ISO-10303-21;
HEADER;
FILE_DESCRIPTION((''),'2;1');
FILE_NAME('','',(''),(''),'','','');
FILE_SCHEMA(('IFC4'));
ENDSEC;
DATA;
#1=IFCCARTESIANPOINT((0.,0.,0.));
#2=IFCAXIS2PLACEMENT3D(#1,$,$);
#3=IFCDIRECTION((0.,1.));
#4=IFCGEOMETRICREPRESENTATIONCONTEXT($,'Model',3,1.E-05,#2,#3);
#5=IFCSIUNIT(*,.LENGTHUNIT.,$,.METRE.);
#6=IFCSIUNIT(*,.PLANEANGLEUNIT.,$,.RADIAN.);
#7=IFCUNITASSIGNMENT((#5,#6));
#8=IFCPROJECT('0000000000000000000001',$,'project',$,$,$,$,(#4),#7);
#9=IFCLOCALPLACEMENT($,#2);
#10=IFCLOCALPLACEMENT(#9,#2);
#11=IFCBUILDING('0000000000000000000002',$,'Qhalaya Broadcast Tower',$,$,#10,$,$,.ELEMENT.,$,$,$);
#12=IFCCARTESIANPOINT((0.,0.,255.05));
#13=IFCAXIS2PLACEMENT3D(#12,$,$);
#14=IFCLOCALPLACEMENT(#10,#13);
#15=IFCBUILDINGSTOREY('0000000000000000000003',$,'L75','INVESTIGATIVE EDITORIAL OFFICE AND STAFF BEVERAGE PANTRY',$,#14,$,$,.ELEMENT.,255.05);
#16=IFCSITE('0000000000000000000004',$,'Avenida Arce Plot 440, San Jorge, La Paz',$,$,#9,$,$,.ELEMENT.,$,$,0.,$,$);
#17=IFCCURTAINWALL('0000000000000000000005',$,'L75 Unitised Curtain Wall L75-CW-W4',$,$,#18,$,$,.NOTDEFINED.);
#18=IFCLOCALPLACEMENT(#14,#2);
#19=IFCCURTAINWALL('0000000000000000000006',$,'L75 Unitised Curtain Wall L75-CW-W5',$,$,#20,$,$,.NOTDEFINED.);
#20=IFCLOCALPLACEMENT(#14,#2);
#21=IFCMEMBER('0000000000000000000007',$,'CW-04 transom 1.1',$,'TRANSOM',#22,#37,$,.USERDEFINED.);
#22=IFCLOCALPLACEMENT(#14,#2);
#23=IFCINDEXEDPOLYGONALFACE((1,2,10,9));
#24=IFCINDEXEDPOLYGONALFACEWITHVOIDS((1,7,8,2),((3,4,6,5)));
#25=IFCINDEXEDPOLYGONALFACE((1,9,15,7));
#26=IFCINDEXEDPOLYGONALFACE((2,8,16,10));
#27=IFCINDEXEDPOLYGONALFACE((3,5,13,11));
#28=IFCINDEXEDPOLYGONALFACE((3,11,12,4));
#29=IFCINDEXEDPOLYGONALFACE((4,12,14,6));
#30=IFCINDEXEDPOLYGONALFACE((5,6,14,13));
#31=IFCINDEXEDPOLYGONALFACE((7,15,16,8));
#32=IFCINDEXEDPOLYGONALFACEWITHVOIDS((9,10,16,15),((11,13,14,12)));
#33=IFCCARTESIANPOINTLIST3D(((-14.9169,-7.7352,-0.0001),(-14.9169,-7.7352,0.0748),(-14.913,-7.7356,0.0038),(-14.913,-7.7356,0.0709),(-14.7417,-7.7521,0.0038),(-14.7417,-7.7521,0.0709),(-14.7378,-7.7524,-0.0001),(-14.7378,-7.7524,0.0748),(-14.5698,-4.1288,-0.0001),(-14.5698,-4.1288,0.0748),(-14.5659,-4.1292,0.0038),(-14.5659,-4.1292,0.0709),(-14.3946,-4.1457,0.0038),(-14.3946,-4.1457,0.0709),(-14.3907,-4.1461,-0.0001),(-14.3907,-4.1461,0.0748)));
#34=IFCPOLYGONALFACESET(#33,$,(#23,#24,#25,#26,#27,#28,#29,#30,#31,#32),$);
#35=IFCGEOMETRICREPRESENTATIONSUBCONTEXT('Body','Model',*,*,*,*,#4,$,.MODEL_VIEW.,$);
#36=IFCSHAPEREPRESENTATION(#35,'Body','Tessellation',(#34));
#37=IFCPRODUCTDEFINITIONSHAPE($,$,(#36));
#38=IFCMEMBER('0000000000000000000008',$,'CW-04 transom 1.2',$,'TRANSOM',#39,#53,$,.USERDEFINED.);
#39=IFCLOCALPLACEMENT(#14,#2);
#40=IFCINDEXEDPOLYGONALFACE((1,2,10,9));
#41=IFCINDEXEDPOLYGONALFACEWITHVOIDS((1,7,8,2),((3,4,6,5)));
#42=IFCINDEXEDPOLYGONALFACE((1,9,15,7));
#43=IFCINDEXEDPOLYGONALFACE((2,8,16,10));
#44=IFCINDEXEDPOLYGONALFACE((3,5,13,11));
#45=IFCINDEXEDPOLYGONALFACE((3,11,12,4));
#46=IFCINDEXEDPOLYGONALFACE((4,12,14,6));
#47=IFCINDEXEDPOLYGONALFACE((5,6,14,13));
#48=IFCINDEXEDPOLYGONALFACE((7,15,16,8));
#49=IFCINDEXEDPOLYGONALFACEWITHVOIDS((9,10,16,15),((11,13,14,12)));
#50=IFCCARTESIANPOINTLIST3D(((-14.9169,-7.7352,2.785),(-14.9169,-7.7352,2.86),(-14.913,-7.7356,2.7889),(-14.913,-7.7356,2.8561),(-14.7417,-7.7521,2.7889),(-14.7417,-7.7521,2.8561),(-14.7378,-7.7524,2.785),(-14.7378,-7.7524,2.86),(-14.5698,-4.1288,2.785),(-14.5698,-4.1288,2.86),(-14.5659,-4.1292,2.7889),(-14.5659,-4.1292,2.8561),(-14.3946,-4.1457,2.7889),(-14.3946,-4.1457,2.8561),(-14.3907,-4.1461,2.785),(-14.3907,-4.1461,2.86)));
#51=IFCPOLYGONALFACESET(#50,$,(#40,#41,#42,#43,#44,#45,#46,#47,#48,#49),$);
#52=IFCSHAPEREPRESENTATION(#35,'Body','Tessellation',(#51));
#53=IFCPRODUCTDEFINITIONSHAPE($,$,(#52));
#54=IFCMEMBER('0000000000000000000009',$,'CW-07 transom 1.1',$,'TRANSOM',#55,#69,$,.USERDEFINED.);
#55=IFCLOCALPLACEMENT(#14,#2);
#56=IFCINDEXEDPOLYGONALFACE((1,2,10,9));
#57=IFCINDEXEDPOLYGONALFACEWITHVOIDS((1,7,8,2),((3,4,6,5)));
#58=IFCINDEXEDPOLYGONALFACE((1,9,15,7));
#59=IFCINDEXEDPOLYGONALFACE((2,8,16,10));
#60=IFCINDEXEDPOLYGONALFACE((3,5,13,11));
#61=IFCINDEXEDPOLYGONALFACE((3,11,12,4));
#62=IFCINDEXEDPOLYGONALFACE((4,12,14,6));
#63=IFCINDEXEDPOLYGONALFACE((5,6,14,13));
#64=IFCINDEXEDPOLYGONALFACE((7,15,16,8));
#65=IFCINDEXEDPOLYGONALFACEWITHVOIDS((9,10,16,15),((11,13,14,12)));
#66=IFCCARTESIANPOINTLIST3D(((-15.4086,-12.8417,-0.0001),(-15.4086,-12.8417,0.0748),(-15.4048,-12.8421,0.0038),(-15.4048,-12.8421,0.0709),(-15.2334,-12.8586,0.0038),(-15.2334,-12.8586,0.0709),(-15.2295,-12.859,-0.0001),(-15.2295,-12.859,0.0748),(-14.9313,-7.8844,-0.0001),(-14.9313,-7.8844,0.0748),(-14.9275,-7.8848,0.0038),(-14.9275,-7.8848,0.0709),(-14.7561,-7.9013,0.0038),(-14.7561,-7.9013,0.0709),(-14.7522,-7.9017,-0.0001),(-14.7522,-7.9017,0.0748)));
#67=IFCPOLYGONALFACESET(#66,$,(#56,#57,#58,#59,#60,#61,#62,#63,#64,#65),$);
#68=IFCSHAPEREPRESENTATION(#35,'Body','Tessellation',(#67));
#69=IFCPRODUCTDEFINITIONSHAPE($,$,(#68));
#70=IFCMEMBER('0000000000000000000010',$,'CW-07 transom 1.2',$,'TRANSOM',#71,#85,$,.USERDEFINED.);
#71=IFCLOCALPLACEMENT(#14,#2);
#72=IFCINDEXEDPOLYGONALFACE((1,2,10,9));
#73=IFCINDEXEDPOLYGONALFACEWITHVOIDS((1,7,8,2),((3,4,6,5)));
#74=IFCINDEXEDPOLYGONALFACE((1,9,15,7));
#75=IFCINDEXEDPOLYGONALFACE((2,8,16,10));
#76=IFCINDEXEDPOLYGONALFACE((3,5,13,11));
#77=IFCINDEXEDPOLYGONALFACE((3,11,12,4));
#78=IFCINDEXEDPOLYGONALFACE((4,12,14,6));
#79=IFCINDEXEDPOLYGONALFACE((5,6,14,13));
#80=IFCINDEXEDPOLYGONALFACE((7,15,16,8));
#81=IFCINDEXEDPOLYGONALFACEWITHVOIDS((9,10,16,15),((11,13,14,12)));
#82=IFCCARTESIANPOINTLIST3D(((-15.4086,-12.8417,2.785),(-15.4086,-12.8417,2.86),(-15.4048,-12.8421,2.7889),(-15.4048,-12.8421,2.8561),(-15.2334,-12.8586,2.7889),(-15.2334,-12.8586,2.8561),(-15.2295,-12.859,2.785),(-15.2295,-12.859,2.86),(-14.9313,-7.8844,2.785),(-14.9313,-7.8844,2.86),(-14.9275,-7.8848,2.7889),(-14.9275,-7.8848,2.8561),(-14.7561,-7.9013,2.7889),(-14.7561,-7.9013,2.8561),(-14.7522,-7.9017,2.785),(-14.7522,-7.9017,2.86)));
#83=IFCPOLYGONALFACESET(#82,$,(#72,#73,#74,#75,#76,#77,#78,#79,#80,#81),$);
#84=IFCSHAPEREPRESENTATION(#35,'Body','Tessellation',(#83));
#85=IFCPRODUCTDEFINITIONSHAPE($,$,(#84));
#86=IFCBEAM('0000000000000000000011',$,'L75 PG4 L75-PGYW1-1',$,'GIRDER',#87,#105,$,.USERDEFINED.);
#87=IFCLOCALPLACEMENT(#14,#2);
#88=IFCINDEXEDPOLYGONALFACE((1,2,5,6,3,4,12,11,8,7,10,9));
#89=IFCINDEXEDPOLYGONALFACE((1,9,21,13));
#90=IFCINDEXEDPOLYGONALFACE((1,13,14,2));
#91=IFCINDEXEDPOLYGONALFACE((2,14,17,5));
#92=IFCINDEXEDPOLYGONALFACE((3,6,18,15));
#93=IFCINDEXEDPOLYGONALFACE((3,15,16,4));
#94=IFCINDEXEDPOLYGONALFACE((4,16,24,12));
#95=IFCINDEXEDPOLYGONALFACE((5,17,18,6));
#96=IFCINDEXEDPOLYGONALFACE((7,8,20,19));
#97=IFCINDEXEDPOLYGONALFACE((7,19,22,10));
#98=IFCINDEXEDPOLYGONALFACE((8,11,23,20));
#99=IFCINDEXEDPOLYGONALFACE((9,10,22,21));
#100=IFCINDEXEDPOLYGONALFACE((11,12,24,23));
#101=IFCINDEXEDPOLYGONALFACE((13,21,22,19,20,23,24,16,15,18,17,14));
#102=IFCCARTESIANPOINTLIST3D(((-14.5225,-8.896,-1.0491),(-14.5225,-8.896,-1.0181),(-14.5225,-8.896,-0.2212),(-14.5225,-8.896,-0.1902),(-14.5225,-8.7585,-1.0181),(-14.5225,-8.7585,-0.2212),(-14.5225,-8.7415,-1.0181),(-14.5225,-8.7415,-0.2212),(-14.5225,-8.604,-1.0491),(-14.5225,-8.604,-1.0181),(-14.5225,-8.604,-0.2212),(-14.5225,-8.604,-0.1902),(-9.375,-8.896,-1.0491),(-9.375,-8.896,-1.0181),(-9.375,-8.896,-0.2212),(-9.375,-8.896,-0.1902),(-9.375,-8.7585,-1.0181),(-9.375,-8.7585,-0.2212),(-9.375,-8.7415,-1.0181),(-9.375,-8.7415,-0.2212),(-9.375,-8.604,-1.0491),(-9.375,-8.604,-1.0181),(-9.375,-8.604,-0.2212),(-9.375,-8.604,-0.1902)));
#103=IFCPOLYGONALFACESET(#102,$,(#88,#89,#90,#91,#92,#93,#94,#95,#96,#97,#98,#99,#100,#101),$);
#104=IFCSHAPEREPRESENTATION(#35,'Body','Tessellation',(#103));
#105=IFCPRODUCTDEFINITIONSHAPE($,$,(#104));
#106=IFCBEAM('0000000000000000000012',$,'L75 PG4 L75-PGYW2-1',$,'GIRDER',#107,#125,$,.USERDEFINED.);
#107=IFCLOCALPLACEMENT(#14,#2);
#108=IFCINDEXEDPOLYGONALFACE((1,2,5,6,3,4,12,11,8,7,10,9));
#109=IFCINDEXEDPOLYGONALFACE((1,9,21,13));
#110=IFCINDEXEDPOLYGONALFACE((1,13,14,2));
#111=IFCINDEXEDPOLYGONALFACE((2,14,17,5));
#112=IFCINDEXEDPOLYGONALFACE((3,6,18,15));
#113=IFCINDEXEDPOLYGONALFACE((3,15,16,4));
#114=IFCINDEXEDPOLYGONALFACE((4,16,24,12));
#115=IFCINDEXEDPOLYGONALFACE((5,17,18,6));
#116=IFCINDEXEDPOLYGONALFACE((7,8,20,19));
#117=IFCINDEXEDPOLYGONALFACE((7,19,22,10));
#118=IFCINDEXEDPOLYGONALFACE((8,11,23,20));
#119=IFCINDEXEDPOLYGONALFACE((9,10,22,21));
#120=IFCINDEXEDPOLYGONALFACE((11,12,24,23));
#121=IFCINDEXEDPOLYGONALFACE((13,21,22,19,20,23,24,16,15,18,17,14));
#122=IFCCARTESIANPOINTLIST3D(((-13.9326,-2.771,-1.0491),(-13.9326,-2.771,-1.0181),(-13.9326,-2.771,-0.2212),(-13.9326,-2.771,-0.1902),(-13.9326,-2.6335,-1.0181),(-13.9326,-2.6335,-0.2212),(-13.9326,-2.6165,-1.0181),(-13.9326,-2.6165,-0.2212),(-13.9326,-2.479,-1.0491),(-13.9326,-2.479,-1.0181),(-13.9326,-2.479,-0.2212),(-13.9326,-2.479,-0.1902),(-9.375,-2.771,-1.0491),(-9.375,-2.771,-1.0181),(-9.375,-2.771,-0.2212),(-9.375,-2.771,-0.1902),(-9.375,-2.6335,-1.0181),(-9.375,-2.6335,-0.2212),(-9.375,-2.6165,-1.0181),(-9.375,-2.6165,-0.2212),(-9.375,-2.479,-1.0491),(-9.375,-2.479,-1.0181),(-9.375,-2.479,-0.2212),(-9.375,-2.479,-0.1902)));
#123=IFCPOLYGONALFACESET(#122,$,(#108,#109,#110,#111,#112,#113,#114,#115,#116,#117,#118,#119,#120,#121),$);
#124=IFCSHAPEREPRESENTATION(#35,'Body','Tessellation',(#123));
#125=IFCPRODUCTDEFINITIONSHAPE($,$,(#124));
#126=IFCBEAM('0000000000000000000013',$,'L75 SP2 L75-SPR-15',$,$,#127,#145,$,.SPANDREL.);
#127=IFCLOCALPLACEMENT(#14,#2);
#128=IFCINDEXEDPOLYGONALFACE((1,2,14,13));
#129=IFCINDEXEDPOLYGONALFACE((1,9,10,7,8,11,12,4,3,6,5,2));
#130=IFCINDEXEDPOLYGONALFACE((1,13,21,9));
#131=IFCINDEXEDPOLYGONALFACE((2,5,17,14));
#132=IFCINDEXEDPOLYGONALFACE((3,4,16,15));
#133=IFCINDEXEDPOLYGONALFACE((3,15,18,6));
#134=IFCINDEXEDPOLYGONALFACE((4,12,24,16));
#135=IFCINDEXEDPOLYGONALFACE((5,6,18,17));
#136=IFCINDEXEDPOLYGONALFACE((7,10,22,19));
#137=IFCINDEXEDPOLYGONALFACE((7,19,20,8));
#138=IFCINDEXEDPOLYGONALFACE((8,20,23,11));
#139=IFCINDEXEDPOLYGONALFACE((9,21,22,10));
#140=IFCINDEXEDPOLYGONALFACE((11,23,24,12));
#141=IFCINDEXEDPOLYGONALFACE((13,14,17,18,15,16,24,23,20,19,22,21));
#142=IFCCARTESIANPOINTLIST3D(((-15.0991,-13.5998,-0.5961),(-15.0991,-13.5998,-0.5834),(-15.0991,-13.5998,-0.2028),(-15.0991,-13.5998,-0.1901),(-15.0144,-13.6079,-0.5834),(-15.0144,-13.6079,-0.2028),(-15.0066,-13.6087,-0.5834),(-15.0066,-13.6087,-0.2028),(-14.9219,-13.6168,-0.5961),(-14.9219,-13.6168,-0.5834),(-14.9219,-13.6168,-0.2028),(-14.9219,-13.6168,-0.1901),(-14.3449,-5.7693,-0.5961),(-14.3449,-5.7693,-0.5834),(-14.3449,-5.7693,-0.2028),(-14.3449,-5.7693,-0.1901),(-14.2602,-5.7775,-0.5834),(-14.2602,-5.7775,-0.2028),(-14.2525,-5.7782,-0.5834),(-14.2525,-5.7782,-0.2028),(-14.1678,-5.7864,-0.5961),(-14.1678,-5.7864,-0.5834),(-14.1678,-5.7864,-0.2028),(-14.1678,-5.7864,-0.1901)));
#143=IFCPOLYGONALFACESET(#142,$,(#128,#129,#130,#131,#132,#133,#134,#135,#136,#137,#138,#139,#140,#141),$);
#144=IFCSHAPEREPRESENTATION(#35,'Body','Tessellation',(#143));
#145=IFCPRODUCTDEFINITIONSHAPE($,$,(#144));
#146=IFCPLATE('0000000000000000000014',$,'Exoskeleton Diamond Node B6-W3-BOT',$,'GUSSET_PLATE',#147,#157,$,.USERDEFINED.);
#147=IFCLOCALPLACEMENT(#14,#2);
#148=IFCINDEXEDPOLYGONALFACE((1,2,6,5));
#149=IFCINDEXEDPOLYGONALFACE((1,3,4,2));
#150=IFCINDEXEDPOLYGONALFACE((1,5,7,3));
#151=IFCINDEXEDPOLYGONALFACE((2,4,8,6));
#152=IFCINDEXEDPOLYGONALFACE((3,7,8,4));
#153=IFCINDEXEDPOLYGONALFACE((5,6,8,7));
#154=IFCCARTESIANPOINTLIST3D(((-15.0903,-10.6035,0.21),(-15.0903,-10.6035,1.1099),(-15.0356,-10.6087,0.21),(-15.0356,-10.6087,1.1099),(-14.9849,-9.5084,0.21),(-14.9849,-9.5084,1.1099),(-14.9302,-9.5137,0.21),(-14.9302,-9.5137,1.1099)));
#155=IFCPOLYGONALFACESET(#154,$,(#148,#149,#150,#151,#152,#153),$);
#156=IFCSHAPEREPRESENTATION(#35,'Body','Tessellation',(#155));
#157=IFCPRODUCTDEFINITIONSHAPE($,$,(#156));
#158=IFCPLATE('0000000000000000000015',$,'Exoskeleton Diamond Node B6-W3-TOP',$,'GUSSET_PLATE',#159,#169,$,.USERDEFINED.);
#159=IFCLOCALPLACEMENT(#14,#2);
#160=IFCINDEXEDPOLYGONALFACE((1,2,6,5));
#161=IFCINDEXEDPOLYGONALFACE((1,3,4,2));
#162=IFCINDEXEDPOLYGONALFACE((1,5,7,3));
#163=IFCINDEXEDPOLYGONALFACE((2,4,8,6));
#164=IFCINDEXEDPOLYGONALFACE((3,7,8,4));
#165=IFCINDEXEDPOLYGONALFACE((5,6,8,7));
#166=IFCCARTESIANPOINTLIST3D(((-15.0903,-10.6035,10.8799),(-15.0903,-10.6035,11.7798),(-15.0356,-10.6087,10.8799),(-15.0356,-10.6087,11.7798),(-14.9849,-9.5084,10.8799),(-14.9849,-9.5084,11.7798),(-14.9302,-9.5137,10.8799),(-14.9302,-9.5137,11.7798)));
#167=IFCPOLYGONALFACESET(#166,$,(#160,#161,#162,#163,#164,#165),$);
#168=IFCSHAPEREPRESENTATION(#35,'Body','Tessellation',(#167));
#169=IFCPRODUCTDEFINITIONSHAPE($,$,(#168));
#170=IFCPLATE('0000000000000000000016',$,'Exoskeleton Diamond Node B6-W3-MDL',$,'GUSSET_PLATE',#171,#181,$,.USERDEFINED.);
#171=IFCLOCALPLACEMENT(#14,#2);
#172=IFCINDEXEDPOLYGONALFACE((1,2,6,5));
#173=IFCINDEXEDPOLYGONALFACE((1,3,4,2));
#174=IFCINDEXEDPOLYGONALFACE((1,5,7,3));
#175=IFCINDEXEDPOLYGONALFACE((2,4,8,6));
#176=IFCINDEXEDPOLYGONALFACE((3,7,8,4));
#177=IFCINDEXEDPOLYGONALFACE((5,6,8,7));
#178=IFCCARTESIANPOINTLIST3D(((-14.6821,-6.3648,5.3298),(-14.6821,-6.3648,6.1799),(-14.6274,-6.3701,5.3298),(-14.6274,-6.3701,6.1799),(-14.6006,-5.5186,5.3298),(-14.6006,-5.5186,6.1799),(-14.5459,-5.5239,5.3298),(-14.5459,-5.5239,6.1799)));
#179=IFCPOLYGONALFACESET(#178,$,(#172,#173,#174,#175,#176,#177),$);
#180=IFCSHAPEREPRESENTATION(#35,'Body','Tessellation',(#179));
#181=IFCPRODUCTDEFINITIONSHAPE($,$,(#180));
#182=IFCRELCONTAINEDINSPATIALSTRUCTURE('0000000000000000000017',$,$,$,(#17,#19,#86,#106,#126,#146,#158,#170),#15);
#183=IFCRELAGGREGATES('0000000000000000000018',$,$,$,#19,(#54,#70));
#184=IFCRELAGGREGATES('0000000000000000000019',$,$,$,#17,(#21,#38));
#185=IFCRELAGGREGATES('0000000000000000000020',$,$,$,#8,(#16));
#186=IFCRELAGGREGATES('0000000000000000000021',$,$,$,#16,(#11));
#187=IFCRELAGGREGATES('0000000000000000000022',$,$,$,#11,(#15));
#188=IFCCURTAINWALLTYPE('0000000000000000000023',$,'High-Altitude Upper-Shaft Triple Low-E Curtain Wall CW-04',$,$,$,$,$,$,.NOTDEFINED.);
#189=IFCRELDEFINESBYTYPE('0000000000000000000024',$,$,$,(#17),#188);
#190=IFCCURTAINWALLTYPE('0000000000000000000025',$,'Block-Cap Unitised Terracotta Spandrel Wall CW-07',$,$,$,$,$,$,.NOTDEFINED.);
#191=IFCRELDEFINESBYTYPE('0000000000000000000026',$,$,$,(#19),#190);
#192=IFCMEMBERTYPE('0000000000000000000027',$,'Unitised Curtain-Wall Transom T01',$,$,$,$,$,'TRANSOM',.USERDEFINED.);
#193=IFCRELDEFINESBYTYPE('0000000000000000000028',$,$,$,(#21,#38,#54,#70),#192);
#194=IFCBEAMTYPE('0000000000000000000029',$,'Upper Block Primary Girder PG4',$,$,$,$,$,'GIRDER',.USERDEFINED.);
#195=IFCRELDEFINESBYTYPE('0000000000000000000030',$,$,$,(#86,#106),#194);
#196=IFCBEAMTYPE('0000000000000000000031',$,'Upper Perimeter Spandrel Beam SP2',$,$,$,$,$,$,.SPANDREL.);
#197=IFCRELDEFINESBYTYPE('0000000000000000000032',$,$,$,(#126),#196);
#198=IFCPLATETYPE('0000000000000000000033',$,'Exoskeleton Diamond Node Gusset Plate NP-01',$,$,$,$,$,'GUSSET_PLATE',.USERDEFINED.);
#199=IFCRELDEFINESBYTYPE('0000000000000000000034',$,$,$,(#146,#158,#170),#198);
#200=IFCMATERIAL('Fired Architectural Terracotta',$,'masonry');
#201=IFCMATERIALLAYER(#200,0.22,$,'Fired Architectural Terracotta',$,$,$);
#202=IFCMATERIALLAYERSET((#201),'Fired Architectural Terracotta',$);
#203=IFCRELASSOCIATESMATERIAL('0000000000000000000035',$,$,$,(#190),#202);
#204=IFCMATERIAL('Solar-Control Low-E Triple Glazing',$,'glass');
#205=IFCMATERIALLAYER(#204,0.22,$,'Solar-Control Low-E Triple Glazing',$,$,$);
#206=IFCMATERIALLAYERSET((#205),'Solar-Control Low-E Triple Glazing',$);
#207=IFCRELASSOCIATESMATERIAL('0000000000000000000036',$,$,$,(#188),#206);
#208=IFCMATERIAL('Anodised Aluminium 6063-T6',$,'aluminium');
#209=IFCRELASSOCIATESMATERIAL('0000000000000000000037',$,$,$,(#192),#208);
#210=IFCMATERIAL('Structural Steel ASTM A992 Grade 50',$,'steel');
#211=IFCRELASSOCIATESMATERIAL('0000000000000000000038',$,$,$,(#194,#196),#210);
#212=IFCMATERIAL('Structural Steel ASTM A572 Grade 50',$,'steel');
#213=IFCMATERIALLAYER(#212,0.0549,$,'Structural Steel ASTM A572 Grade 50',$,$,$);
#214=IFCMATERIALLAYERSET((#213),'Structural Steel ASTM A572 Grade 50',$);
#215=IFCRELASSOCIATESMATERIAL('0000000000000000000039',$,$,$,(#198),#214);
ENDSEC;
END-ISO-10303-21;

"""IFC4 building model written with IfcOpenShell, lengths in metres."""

from ifc_helpers import new_model, si_unit, direction, frame, origin, origin_2d, place, context, subcontext, project, spatial, rectangle, hollow_rectangle, i_section, extrude, material, layer, layer_set, material_profile, profile_set, type_object, element, aggregate, save


model = new_model("IFC4")

# Units and contexts
model_context = context("Model", 3, precision=1e-05, world=origin(), true_north=direction((0.0, 1.0)))
body_context = subcontext(model_context, "Body", "Model", "MODEL_VIEW")
ifc_project = project(units=[si_unit("LENGTHUNIT", "METRE"), si_unit("PLANEANGLEUNIT", "RADIAN")], contexts=[model_context])

# Site, building, storey
site_placement = place(None, origin())
site = spatial("IfcSite", under=ifc_project, at=site_placement, Name="Avenida Arce Plot 440, San Jorge, La Paz", CompositionType="ELEMENT", RefElevation=0.0)
building_placement = place(site_placement, origin())
building = spatial("IfcBuilding", under=site, at=building_placement, Name="Qhalaya Broadcast Tower", CompositionType="ELEMENT")
storey_placement = place(building_placement, frame((0.0, 0.0, 255.05)))
storey = spatial("IfcBuildingStorey", under=building, at=storey_placement, Name="L75", Description="INVESTIGATIVE EDITORIAL OFFICE AND STAFF BEVERAGE PANTRY", CompositionType="ELEMENT", Elevation=255.05)

# Shared definitions
ifc_material_1 = material(Name="Structural Steel ASTM A572 Grade 50", Category="steel")

# Shared definitions
ifc_material_2 = material(Name="Structural Steel ASTM A992 Grade 50", Category="steel")

# Shared definitions
ifc_material_3 = material(Name="Fired Architectural Terracotta", Category="masonry")
ifc_layer_1 = layer(ifc_material_3, 0.22, Name="Fired Architectural Terracotta")
ifc_layer_set_1 = layer_set([ifc_layer_1], Name="Fired Architectural Terracotta")
curtain_wall_type_1 = type_object("IfcCurtainWallType", Name="Block-Cap Unitised Terracotta Spandrel Wall CW-07", PredefinedType="NOTDEFINED", material=ifc_layer_set_1)
ifc_material_4 = material(Name="Anodised Aluminium 6063-T6", Category="aluminium")

# Curtain wall
ifc_material_5 = material(Name="Solar-Control Low-E Triple Glazing", Category="glass")
ifc_layer_2 = layer(ifc_material_5, 0.22, Name="Solar-Control Low-E Triple Glazing")
ifc_layer_set_2 = layer_set([ifc_layer_2], Name="Solar-Control Low-E Triple Glazing")
curtain_wall_type_2 = type_object("IfcCurtainWallType", Name="High-Altitude Upper-Shaft Triple Low-E Curtain Wall CW-04", PredefinedType="NOTDEFINED", material=ifc_layer_set_2)
curtain_wall_1_placement = place(storey_placement, origin())
curtain_wall_1 = element("IfcCurtainWall", 1, at=curtain_wall_1_placement, inside=storey, type_object=curtain_wall_type_2, Name="L75 Unitised Curtain Wall L75-CW-W4", PredefinedType="NOTDEFINED")

# Curtain wall
curtain_wall_2_placement = place(storey_placement, origin())
curtain_wall_2 = element("IfcCurtainWall", 2, at=curtain_wall_2_placement, inside=storey, type_object=curtain_wall_type_1, Name="L75 Unitised Curtain Wall L75-CW-W5", PredefinedType="NOTDEFINED")

# Members
ifc_material_profile_1 = material_profile(ifc_material_4, hollow_rectangle(XDim=0.075, YDim=0.1799, WallThickness=0.0039, at=origin_2d()), Name="ALU-TRN 75x180x4")
ifc_profile_set_1 = profile_set([ifc_material_profile_1], Name="Anodised Aluminium 6063-T6")
member_type_1 = type_object("IfcMemberType", Name="Unitised Curtain-Wall Transom T01", ElementType="TRANSOM", PredefinedType="USERDEFINED", material=ifc_profile_set_1)
member_1_placement = place(storey_placement, frame((-14.4802, -4.1375, 0.0374), z_axis=(-0.09582, -0.995399, 0.0), x_axis=(0.0, 0.0, 1.0)))
member_1 = element("IfcMember", 3, at=member_1_placement, type_object=member_type_1, Name="CW-04 transom 1.1", ObjectType="TRANSOM", PredefinedType="USERDEFINED", context=body_context, shape_type="SweptSolid", body=[
    extrude(hollow_rectangle(XDim=0.075, YDim=0.1799, WallThickness=0.0039, at=origin_2d()), origin(), (0.0, 0.0, 1.0), 3.623),
])
member_2_placement = place(storey_placement, frame((-14.4802, -4.1375, 2.8225), z_axis=(-0.09582, -0.995399, 0.0), x_axis=(0.0, 0.0, 1.0)))
member_2 = element("IfcMember", 4, at=member_2_placement, type_object=member_type_1, Name="CW-04 transom 1.2", ObjectType="TRANSOM", PredefinedType="USERDEFINED", context=body_context, shape_type="SweptSolid", body=[
    extrude(hollow_rectangle(XDim=0.075, YDim=0.1799, WallThickness=0.0039, at=origin_2d()), origin(), (0.0, 0.0, 1.0), 3.623),
])
member_3_placement = place(storey_placement, frame((-14.8418, -7.8931, 0.0374), z_axis=(-0.095839, -0.995397, 0.0), x_axis=(0.0, 0.0, 1.0)))
member_3 = element("IfcMember", 5, at=member_3_placement, type_object=member_type_1, Name="CW-07 transom 1.1", ObjectType="TRANSOM", PredefinedType="USERDEFINED", context=body_context, shape_type="SweptSolid", body=[
    extrude(hollow_rectangle(XDim=0.075, YDim=0.1799, WallThickness=0.0039, at=origin_2d()), origin(), (0.0, 0.0, 1.0), 4.9802),
])
member_4_placement = place(storey_placement, frame((-14.8418, -7.8931, 2.8225), z_axis=(-0.095839, -0.995397, 0.0), x_axis=(0.0, 0.0, 1.0)))
member_4 = element("IfcMember", 6, at=member_4_placement, type_object=member_type_1, Name="CW-07 transom 1.2", ObjectType="TRANSOM", PredefinedType="USERDEFINED", context=body_context, shape_type="SweptSolid", body=[
    extrude(hollow_rectangle(XDim=0.075, YDim=0.1799, WallThickness=0.0039, at=origin_2d()), origin(), (0.0, 0.0, 1.0), 4.9802),
])
aggregate(curtain_wall_2, [member_3, member_4])

# Beams
ifc_material_profile_2 = material_profile(ifc_material_2, i_section(OverallWidth=0.292, OverallDepth=0.8589, WebThickness=0.0171, FlangeThickness=0.031, at=origin_2d()), Name="W33X169")
ifc_profile_set_2 = profile_set([ifc_material_profile_2], Name="Structural Steel ASTM A992 Grade 50")
beam_type_1 = type_object("IfcBeamType", Name="Upper Block Primary Girder PG4", ElementType="GIRDER", PredefinedType="USERDEFINED", material=ifc_profile_set_2)
beam_1_placement = place(storey_placement, frame((-14.5225, -8.75, -0.6196), z_axis=(1.0, 0.0, 0.0), x_axis=(0.0, 1.0, 0.0)))
element("IfcBeam", 7, at=beam_1_placement, inside=storey, type_object=beam_type_1, Name="L75 PG4 L75-PGYW1-1", ObjectType="GIRDER", PredefinedType="USERDEFINED", context=body_context, shape_type="SweptSolid", body=[
    extrude(i_section(OverallWidth=0.292, OverallDepth=0.8589, WebThickness=0.0171, FlangeThickness=0.031, at=origin_2d()), origin(), (0.0, 0.0, 1.0), 5.1475),
])
beam_2_placement = place(storey_placement, frame((-13.9326, -2.625, -0.6196), z_axis=(1.0, 0.0, 0.0), x_axis=(0.0, 1.0, 0.0)))
element("IfcBeam", 8, at=beam_2_placement, inside=storey, type_object=beam_type_1, Name="L75 PG4 L75-PGYW2-1", ObjectType="GIRDER", PredefinedType="USERDEFINED", context=body_context, shape_type="SweptSolid", body=[
    extrude(i_section(OverallWidth=0.292, OverallDepth=0.8589, WebThickness=0.0171, FlangeThickness=0.031, at=origin_2d()), origin(), (0.0, 0.0, 1.0), 4.5576),
])
ifc_material_profile_3 = material_profile(ifc_material_2, i_section(OverallWidth=0.178, OverallDepth=0.406, WebThickness=0.0078, FlangeThickness=0.0127, at=origin_2d()), Name="W16X40")
ifc_profile_set_3 = profile_set([ifc_material_profile_3], Name="Structural Steel ASTM A992 Grade 50")
beam_type_2 = type_object("IfcBeamType", Name="Upper Perimeter Spandrel Beam SP2", PredefinedType="SPANDREL", material=ifc_profile_set_3)
beam_3_placement = place(storey_placement, frame((-14.2563, -5.7778, -0.3931), z_axis=(-0.095865, -0.995394, 0.0), x_axis=(0.995394, -0.095865, 0.0)))
element("IfcBeam", 9, at=beam_3_placement, inside=storey, type_object=beam_type_2, Name="L75 SP2 L75-SPR-15", PredefinedType="SPANDREL", context=body_context, shape_type="SweptSolid", body=[
    extrude(i_section(OverallWidth=0.178, OverallDepth=0.406, WebThickness=0.0078, FlangeThickness=0.0127, at=origin_2d()), origin(), (0.0, 0.0, 1.0), 7.8667),
])

# Plates
ifc_layer_3 = layer(ifc_material_1, 0.0549, Name="Structural Steel ASTM A572 Grade 50")
ifc_layer_set_3 = layer_set([ifc_layer_3], Name="Structural Steel ASTM A572 Grade 50")
plate_type_1 = type_object("IfcPlateType", Name="Exoskeleton Diamond Node Gusset Plate NP-01", ElementType="GUSSET_PLATE", PredefinedType="USERDEFINED", material=ifc_layer_set_3)
for number, where, z_axis, x_axis, name in (
    (10, (-15.0103, -10.0586, 0.21), (0.0, 0.0, 1.0), (0.095846, 0.995396, 0.0), "Exoskeleton Diamond Node B6-W3-BOT"),
    (11, (-15.0103, -10.0586, 10.8799), (0.0, 0.0, 1.0), (0.095846, 0.995396, 0.0), "Exoskeleton Diamond Node B6-W3-TOP"),
):
    element("IfcPlate", number, at=place(storey_placement, frame(where, z_axis=z_axis, x_axis=x_axis)), inside=storey, type_object=plate_type_1, Name=name, ObjectType="GUSSET_PLATE", PredefinedType="USERDEFINED", context=body_context, shape_type="SweptSolid", body=[
        extrude(rectangle(XDim=1.1001, YDim=0.0549, at=origin_2d()), origin(), (0.0, 0.0, 1.0), 0.8999),
    ])
plate_1_placement = place(storey_placement, frame((-14.614, -5.9443, 5.3298), z_axis=(0.0, 0.0, 1.0), x_axis=(0.095846, 0.995396, 0.0)))
element("IfcPlate", 12, at=plate_1_placement, inside=storey, type_object=plate_type_1, Name="Exoskeleton Diamond Node B6-W3-MDL", ObjectType="GUSSET_PLATE", PredefinedType="USERDEFINED", context=body_context, shape_type="SweptSolid", body=[
    extrude(rectangle(XDim=0.8501, YDim=0.0549, at=origin_2d()), origin(), (0.0, 0.0, 1.0), 0.8501),
])

aggregate(curtain_wall_1, [member_1, member_2])

save(model, "model.ifc")
